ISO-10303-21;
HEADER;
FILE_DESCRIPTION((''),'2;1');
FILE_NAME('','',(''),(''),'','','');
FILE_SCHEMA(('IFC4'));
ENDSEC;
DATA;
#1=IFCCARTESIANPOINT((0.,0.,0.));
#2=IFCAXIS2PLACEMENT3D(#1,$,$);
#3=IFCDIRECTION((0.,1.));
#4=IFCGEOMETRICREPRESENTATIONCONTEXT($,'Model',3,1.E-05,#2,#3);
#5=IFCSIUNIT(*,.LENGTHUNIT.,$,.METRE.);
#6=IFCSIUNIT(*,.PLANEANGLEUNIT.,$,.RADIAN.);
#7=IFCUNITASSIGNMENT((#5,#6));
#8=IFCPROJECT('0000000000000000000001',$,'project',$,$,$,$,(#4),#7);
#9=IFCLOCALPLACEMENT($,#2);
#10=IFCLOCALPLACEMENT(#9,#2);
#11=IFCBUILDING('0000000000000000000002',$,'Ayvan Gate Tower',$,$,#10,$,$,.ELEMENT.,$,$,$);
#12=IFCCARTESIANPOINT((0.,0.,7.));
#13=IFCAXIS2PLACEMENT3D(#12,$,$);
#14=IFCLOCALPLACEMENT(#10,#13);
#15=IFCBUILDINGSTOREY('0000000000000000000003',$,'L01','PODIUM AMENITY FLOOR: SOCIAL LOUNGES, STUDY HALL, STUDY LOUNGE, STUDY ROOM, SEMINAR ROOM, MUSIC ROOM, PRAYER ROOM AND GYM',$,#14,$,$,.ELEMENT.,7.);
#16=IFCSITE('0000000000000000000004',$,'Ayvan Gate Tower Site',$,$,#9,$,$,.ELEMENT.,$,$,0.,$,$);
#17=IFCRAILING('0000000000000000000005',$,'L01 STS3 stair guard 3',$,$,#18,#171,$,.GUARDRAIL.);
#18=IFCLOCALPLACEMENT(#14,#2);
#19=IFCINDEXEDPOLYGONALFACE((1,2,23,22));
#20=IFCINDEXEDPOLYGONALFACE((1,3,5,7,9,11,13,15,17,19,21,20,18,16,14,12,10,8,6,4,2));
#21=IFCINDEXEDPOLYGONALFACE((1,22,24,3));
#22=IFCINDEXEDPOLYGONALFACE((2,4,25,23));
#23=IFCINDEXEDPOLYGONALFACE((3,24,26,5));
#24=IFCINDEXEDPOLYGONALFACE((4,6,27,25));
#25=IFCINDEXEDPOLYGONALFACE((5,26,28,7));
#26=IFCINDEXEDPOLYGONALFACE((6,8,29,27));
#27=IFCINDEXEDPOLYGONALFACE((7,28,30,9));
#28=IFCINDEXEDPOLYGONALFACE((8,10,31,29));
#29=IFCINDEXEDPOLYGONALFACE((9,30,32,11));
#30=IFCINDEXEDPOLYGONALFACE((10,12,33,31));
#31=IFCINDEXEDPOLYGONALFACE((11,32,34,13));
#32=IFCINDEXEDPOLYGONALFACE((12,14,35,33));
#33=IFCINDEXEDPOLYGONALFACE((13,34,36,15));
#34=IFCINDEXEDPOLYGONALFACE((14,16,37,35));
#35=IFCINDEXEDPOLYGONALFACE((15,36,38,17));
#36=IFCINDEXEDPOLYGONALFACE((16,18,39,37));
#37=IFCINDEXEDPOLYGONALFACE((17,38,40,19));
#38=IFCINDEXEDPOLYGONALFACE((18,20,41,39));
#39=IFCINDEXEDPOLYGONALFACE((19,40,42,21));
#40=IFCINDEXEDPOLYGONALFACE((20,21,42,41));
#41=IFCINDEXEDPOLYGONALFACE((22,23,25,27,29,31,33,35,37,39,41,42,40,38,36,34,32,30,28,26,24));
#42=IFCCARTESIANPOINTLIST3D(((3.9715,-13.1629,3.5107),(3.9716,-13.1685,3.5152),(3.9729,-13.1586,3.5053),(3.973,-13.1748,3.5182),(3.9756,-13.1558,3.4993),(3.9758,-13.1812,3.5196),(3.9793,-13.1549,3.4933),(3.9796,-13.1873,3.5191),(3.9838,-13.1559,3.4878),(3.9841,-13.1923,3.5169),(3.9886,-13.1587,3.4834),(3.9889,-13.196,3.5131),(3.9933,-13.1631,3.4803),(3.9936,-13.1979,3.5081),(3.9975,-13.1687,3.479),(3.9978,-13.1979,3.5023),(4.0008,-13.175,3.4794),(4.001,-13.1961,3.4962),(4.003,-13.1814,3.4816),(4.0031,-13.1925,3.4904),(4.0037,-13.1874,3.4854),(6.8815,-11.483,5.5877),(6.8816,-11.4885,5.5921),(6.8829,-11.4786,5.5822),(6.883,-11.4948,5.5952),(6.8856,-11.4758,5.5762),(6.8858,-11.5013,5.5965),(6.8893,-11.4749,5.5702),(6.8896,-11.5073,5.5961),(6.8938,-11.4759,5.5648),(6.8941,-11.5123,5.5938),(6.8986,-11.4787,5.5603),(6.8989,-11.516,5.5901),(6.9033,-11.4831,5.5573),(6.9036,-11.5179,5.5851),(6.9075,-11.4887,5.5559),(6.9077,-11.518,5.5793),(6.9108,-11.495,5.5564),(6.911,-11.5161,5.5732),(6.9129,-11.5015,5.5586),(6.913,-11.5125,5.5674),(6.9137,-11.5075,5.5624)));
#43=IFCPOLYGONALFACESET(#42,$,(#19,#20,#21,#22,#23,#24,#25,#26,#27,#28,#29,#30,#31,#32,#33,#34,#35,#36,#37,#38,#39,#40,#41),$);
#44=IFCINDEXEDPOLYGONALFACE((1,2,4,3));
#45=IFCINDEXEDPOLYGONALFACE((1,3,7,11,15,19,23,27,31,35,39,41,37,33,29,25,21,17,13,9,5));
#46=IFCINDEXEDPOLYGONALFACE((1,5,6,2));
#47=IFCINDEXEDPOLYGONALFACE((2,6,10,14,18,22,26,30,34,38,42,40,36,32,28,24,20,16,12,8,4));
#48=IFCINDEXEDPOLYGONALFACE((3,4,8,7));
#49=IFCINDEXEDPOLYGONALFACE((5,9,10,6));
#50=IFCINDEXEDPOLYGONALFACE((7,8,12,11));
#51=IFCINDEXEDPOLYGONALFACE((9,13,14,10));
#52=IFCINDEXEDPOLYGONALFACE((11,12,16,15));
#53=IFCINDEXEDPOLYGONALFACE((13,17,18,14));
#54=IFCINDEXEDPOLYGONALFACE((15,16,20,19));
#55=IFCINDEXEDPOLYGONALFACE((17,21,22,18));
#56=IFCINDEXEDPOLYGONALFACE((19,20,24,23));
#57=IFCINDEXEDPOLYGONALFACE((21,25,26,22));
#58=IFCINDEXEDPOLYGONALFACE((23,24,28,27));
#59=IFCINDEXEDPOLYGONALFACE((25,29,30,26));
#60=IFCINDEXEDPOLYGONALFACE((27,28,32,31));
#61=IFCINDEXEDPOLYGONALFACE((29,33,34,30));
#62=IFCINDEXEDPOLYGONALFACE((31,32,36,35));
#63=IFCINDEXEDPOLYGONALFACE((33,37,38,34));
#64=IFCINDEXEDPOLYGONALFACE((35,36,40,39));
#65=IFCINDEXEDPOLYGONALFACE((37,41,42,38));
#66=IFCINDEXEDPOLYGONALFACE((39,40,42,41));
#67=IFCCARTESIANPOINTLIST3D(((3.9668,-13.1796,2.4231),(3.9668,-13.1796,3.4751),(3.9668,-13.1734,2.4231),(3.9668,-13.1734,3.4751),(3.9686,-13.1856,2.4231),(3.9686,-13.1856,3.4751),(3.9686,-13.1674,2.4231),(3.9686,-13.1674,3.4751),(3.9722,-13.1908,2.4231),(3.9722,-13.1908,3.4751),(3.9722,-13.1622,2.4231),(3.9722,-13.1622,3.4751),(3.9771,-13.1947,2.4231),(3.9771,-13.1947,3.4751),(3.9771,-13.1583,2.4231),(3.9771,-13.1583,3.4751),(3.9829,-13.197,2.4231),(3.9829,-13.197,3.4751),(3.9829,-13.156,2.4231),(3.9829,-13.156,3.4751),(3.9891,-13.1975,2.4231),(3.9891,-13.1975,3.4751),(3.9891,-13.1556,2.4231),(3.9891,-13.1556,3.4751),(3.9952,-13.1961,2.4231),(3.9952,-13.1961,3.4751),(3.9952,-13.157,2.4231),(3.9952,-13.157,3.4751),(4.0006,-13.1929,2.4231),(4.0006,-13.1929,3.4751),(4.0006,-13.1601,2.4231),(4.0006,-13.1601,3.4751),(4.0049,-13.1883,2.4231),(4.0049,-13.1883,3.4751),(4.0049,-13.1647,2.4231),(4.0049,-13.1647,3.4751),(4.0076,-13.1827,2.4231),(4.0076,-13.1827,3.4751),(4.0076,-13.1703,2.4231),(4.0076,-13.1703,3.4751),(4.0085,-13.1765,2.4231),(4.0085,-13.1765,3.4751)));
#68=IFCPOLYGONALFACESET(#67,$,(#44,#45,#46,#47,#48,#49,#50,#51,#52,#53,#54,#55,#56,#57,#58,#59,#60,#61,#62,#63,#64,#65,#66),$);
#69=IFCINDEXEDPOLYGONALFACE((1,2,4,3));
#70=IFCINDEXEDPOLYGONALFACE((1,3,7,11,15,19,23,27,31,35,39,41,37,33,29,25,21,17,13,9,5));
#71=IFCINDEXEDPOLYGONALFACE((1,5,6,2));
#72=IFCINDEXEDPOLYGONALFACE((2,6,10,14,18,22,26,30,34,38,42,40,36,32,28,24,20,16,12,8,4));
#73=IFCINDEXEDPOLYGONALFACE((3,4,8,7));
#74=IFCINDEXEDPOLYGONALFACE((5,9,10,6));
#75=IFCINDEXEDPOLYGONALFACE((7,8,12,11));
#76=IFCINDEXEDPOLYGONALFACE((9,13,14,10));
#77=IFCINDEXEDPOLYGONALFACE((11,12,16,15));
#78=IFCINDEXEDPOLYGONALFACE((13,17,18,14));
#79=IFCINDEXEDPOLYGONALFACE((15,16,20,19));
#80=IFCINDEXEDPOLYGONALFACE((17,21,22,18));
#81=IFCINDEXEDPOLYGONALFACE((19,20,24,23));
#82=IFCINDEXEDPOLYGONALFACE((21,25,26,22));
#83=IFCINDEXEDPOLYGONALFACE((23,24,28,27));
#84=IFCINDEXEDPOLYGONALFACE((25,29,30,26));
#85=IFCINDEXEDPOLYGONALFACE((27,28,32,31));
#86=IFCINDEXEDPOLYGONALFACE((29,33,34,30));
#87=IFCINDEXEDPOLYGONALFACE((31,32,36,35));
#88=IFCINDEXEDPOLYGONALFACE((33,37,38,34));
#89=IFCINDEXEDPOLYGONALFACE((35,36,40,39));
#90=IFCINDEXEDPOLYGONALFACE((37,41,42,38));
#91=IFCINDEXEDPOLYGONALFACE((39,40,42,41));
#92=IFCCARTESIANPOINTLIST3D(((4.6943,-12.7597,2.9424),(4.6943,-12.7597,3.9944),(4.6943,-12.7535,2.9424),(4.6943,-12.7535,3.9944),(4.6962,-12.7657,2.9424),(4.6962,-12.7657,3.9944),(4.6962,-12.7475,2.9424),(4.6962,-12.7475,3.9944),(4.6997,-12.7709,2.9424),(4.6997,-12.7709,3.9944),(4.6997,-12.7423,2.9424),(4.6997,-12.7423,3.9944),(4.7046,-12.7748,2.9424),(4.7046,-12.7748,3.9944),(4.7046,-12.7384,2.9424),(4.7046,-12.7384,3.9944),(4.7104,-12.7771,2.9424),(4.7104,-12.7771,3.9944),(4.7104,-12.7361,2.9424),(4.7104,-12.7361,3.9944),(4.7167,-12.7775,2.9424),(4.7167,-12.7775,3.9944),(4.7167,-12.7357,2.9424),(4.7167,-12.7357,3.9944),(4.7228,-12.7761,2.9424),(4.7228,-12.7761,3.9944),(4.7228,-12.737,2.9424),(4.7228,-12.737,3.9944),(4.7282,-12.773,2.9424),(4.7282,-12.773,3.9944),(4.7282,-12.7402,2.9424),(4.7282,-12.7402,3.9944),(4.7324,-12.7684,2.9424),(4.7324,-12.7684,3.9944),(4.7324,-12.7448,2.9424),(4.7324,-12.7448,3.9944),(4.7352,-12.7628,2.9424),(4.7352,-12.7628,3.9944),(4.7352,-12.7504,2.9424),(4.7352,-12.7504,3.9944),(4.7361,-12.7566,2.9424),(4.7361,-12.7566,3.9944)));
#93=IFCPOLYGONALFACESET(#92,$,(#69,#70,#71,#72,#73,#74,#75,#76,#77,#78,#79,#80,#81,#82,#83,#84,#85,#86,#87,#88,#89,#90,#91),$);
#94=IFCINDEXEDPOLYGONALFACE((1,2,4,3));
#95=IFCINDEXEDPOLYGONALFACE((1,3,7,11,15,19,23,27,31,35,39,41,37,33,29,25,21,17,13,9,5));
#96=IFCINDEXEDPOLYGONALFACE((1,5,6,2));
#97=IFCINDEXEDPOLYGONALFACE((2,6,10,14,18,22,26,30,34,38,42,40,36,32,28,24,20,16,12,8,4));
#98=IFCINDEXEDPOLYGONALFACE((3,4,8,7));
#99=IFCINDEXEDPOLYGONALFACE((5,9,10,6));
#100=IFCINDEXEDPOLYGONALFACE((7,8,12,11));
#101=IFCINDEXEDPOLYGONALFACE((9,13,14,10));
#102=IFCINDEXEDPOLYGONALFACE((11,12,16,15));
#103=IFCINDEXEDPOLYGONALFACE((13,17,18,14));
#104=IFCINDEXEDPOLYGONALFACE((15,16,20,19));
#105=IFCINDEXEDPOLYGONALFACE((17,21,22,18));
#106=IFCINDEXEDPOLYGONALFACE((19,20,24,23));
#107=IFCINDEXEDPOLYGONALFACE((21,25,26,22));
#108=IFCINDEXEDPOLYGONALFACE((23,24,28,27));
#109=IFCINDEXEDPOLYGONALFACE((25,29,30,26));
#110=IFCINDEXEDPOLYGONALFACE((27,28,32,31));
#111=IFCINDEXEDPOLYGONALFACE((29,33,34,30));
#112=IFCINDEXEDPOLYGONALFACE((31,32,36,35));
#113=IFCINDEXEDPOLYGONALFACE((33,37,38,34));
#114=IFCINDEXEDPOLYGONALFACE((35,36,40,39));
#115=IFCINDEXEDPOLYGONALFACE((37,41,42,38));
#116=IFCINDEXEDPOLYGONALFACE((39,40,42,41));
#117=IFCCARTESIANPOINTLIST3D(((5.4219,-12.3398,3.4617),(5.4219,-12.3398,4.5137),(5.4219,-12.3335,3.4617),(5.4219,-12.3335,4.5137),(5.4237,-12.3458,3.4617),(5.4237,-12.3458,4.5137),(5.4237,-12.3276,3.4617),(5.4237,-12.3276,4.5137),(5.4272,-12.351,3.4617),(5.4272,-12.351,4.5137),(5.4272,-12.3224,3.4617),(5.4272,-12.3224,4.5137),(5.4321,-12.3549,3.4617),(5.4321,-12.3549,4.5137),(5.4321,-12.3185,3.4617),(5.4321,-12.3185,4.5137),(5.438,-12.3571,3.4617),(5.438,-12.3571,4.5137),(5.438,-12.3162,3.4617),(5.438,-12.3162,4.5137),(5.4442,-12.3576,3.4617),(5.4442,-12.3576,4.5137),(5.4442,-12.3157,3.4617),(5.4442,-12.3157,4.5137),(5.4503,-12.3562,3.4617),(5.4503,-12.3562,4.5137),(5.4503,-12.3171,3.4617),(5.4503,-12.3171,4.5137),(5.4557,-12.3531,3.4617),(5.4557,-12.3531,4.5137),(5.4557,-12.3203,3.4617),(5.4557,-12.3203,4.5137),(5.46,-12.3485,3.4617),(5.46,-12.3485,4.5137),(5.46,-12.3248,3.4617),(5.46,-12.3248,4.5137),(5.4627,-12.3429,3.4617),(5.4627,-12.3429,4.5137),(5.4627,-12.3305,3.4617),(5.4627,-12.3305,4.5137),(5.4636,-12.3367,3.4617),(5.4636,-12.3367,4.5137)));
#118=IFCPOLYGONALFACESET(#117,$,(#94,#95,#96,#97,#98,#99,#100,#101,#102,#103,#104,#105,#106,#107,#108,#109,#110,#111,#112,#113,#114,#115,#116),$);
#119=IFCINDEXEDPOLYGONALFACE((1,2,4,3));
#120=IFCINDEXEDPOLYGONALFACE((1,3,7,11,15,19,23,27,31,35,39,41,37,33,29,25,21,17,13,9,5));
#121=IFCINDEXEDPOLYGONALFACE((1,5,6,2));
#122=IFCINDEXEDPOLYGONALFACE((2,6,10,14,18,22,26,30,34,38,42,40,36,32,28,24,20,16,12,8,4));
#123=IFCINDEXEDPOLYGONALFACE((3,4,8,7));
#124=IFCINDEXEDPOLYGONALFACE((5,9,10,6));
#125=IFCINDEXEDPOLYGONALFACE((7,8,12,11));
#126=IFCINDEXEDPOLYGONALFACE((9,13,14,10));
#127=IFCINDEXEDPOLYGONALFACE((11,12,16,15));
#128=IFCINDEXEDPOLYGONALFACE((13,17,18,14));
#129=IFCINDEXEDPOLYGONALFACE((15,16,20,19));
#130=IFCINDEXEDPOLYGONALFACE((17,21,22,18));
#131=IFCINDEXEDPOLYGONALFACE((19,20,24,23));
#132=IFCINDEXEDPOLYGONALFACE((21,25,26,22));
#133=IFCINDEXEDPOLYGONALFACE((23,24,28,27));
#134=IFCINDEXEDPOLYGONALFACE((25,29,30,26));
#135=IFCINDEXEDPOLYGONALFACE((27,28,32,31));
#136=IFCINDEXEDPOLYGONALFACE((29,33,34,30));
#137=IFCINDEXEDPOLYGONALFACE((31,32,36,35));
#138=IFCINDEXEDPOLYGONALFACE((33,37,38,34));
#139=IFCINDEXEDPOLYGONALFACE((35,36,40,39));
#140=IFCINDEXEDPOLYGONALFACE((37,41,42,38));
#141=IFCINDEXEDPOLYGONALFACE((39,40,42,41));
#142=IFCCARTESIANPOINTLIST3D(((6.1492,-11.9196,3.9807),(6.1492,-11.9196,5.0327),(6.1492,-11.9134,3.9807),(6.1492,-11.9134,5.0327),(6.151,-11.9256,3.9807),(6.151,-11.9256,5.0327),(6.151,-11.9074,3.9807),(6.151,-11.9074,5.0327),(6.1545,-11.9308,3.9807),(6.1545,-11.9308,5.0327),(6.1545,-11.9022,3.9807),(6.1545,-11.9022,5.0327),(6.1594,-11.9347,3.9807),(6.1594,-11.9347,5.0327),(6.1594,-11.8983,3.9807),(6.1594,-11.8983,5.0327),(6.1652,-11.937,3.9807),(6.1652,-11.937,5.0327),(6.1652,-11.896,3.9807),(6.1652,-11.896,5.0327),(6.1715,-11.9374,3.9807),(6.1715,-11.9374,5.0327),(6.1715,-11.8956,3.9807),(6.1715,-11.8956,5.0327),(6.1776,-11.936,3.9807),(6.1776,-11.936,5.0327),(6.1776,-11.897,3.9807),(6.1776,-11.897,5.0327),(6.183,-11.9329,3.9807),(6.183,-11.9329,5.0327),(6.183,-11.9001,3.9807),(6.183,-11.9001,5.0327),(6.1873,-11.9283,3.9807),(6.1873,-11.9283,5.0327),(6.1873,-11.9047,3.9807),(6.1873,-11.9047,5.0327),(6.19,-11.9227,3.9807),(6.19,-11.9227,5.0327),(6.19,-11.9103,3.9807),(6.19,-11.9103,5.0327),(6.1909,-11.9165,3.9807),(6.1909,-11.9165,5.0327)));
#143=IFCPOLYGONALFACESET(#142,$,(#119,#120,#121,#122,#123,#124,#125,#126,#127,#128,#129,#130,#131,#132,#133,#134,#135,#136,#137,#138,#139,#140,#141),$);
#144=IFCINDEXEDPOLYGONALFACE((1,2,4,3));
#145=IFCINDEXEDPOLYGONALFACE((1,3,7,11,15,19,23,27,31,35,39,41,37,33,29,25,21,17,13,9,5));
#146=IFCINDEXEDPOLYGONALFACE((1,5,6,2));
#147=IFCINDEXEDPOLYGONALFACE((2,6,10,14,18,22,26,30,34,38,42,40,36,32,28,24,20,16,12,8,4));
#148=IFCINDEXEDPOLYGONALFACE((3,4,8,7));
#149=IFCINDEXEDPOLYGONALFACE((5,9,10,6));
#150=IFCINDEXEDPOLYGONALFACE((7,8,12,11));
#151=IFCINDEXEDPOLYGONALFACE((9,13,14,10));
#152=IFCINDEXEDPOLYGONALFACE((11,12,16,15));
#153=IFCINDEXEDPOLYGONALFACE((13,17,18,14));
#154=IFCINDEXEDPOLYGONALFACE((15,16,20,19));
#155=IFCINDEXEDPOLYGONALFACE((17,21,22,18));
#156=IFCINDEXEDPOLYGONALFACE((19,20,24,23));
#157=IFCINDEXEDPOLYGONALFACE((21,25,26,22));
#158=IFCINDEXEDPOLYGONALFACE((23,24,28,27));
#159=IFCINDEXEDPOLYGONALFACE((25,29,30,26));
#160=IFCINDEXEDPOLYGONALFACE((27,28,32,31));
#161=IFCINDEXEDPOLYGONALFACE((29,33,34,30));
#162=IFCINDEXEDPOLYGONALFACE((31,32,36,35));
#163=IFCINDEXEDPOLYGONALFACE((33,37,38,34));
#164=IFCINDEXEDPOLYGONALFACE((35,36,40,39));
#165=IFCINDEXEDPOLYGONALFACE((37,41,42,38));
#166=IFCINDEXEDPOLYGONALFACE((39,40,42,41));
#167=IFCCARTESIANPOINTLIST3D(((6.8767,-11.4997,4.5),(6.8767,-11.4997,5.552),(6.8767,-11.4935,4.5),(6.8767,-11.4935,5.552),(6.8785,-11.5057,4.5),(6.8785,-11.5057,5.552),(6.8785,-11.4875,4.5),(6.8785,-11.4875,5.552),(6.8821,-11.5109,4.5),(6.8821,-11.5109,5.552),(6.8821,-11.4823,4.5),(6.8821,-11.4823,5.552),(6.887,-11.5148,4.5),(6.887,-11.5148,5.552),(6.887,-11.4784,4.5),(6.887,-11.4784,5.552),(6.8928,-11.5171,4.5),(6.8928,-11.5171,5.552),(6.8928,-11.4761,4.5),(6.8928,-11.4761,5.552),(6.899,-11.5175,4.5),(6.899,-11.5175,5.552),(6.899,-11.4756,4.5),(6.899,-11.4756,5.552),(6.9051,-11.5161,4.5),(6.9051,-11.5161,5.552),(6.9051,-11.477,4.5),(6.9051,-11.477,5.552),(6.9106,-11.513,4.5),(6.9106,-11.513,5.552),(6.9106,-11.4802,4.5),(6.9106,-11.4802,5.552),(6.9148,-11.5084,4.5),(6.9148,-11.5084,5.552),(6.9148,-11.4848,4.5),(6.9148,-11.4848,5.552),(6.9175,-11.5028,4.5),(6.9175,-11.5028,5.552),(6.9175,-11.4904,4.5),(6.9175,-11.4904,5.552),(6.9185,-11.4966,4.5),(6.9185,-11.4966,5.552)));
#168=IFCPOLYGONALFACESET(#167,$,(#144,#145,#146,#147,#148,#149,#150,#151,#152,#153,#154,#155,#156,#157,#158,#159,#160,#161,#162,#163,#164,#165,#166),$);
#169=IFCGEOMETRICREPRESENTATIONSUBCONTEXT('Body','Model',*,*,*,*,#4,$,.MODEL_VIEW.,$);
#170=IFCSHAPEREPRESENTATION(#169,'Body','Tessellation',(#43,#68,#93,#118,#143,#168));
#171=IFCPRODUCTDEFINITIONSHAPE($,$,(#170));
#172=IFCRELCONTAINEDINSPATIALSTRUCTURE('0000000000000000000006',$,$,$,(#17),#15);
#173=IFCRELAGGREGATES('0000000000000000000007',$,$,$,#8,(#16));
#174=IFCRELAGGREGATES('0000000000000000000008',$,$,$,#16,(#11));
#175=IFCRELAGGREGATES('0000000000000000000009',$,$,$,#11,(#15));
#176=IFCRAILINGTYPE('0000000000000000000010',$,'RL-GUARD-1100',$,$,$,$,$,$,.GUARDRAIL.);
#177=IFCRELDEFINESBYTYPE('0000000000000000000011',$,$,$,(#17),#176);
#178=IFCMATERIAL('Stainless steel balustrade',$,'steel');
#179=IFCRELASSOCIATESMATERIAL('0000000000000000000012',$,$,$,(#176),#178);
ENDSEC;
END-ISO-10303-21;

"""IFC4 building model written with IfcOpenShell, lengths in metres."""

from ifc_helpers import new_model, si_unit, direction, frame, origin, origin_2d, place, context, subcontext, project, spatial, circle, extrude, material, type_object, element, save


model = new_model("IFC4")

# Units and contexts
model_context = context("Model", 3, precision=1e-05, world=origin(), true_north=direction((0.0, 1.0)))
body_context = subcontext(model_context, "Body", "Model", "MODEL_VIEW")
ifc_project = project(units=[si_unit("LENGTHUNIT", "METRE"), si_unit("PLANEANGLEUNIT", "RADIAN")], contexts=[model_context])

# Site, building, storey
site_placement = place(None, origin())
site = spatial("IfcSite", under=ifc_project, at=site_placement, Name="Ayvan Gate Tower Site", CompositionType="ELEMENT", RefElevation=0.0)
building_placement = place(site_placement, origin())
building = spatial("IfcBuilding", under=site, at=building_placement, Name="Ayvan Gate Tower", CompositionType="ELEMENT")
storey_placement = place(building_placement, frame((0.0, 0.0, 7.0)))
storey = spatial("IfcBuildingStorey", under=building, at=storey_placement, Name="L01", Description="PODIUM AMENITY FLOOR: SOCIAL LOUNGES, STUDY HALL, STUDY LOUNGE, STUDY ROOM, SEMINAR ROOM, MUSIC ROOM, PRAYER ROOM AND GYM", CompositionType="ELEMENT", Elevation=7.0)

# Railing
ifc_material_1 = material(Name="Stainless steel balustrade", Category="steel")
railing_type_1 = type_object("IfcRailingType", Name="RL-GUARD-1100", PredefinedType="GUARDRAIL", material=ifc_material_1)
railing_1_placement = place(storey_placement, frame((3.9875, -13.1765, 2.4231)))
element("IfcRailing", 1, at=railing_1_placement, inside=storey, type_object=railing_type_1, Name="L01 STS3 stair guard 3", PredefinedType="GUARDRAIL", context=body_context, shape_type="SweptSolid", body=[
    extrude(circle(Radius=0.0239, at=origin_2d()), frame((0.0, 0.0, 1.0762), z_axis=(0.736668, 0.425288, 0.525785), x_axis=(-0.499976, 0.866039, 0.0)), (0.0, 0.0, 1.0), 3.9502),
    extrude(circle(Radius=0.021, at=origin_2d()), origin(), (0.0, 0.0, 1.0), 1.052),
    extrude(circle(Radius=0.021, at=origin_2d()), frame((0.7275, 0.4199, 0.5193)), (0.0, 0.0, 1.0), 1.052),
    extrude(circle(Radius=0.021, at=origin_2d()), frame((1.4551, 0.8398, 1.0386)), (0.0, 0.0, 1.0), 1.052),
    extrude(circle(Radius=0.021, at=origin_2d()), frame((2.1824, 1.26, 1.5576)), (0.0, 0.0, 1.0), 1.052),
    extrude(circle(Radius=0.021, at=origin_2d()), frame((2.9099, 1.6799, 2.0769)), (0.0, 0.0, 1.0), 1.052),
])

save(model, "model.ifc")
